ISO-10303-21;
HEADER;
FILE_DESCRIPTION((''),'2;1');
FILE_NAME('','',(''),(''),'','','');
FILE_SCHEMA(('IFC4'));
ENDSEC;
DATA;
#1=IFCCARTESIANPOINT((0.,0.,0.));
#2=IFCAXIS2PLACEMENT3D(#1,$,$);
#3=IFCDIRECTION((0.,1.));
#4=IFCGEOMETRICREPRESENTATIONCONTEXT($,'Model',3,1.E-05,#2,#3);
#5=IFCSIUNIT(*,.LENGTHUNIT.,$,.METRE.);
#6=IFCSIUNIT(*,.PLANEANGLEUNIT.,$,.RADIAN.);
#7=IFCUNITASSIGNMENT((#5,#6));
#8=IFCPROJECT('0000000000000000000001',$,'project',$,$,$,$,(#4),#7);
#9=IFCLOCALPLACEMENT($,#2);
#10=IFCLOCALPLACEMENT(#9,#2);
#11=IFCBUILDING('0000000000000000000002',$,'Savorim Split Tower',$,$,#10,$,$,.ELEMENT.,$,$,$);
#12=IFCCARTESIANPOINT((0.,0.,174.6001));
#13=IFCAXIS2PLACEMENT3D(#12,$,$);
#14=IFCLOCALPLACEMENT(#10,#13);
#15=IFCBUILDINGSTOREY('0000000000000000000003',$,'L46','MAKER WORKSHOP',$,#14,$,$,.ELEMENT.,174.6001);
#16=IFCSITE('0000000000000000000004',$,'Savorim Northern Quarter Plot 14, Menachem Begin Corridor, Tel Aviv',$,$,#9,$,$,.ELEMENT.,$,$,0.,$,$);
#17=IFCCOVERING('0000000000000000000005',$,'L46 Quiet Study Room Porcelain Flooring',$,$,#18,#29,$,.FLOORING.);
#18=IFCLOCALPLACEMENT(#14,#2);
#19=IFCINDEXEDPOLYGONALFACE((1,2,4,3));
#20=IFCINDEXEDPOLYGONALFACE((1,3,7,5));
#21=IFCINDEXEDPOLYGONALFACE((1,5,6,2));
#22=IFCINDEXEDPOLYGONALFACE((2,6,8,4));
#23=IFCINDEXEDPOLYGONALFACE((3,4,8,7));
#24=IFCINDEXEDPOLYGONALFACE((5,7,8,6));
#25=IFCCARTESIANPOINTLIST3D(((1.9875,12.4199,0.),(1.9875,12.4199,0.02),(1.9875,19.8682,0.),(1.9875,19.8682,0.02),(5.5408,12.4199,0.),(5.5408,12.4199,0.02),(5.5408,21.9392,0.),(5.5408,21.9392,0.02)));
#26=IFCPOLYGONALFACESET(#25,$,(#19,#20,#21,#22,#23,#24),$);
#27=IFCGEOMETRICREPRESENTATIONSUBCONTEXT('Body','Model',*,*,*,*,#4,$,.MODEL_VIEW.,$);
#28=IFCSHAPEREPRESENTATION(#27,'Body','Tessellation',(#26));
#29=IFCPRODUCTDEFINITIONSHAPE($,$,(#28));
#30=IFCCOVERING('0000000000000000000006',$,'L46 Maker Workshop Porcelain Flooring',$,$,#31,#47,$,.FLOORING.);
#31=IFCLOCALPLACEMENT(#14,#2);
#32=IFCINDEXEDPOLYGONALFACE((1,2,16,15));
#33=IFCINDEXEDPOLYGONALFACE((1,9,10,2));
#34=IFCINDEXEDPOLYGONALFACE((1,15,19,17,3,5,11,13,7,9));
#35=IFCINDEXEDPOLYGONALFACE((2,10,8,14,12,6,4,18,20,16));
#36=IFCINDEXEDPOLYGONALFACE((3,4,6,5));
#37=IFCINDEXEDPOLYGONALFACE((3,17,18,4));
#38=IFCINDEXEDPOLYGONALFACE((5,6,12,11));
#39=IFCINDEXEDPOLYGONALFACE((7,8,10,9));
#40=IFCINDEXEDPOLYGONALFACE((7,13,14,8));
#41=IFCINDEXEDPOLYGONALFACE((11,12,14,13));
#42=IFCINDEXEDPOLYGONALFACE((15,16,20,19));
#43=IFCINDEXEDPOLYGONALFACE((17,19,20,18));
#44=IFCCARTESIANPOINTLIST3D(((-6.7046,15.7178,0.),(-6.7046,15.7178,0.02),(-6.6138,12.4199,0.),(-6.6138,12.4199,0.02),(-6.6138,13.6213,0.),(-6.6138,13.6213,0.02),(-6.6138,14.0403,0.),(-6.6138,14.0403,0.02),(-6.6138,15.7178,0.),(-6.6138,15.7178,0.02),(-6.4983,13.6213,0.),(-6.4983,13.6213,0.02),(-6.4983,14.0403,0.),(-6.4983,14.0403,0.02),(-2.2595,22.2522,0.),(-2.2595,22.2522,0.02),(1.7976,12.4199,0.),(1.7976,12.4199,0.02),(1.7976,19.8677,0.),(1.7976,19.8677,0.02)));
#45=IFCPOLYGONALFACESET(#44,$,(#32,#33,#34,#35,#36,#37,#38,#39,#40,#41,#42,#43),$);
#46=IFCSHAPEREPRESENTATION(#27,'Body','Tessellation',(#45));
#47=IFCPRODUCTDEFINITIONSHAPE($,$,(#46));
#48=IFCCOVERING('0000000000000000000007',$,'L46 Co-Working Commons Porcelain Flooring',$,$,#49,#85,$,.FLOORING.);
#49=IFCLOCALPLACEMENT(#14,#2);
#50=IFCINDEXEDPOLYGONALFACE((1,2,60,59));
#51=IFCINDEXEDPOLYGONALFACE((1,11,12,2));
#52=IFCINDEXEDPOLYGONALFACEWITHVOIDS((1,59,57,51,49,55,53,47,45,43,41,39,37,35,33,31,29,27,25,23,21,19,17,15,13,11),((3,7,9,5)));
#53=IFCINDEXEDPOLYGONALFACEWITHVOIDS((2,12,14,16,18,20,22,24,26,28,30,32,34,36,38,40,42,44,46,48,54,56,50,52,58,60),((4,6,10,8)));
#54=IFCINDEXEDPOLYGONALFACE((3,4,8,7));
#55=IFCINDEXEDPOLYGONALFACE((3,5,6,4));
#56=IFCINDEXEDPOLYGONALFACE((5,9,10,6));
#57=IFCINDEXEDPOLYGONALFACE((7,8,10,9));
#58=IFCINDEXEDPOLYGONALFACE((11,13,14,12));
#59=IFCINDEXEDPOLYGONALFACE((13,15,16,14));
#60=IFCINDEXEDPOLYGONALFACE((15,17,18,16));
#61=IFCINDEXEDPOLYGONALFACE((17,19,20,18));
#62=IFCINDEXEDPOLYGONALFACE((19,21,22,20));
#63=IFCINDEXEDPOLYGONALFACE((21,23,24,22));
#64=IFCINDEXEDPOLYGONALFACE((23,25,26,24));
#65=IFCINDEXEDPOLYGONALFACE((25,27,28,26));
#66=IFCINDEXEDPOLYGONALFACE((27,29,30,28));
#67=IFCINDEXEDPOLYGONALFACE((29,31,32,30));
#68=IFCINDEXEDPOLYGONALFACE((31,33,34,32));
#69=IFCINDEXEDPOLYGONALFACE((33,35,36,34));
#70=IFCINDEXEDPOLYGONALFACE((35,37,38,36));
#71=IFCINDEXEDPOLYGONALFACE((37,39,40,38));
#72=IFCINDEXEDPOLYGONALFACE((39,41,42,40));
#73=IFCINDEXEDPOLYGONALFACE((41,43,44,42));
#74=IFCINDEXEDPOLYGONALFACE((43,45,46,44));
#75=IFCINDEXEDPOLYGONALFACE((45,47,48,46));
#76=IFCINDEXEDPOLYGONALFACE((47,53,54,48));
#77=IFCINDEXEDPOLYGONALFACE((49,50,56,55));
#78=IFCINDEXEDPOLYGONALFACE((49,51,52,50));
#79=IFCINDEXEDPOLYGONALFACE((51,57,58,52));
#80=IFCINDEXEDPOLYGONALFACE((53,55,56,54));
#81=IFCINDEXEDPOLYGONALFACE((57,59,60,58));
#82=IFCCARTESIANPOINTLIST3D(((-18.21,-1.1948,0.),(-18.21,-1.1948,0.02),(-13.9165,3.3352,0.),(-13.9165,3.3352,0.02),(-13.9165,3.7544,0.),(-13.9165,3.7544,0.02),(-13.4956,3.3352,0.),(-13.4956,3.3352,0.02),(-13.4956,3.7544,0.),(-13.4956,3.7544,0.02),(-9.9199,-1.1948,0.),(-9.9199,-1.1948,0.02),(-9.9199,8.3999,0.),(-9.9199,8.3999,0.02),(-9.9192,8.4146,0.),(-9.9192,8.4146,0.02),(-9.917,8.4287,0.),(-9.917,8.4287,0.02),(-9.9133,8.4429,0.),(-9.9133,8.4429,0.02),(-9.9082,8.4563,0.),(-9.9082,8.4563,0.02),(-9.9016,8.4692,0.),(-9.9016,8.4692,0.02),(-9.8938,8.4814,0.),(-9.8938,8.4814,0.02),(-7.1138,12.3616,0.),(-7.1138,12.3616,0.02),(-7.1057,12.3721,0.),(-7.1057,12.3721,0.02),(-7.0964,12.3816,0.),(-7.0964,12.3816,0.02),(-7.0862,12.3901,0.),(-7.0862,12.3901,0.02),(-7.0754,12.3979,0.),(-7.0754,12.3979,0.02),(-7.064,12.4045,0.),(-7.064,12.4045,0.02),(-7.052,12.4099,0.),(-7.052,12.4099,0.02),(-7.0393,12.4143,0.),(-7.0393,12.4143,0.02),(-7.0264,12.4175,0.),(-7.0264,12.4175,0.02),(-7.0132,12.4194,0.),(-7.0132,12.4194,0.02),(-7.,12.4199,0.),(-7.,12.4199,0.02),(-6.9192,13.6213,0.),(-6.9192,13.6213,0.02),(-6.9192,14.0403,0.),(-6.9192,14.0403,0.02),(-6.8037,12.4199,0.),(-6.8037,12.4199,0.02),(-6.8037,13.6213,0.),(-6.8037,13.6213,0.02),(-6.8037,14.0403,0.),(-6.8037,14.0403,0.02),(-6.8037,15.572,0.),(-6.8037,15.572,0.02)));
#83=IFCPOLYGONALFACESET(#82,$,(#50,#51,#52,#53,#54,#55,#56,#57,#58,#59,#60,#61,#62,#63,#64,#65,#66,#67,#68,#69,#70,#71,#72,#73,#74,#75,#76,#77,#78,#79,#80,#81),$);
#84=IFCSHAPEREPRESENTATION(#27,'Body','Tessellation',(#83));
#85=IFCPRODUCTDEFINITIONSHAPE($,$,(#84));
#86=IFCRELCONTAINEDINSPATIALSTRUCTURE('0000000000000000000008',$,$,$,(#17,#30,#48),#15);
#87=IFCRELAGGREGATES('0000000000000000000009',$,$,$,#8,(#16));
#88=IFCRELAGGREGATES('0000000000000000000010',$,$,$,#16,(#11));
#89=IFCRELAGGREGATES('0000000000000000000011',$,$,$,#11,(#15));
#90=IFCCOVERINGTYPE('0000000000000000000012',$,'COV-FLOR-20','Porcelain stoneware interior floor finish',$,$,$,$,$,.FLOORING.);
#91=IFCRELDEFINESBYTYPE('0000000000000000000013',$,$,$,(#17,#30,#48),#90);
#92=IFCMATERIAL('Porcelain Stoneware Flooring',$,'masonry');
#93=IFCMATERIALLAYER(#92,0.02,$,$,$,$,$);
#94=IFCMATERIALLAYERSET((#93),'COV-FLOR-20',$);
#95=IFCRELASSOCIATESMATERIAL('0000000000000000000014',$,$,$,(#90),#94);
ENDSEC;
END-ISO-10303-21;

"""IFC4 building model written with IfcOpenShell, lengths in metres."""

from ifc_helpers import new_model, si_unit, direction, frame, origin, place, context, subcontext, project, spatial, polyline, outline, extrude, material, layer, layer_set, type_object, element, save


model = new_model("IFC4")

# Units and contexts
model_context = context("Model", 3, precision=1e-05, world=origin(), true_north=direction((0.0, 1.0)))
body_context = subcontext(model_context, "Body", "Model", "MODEL_VIEW")
ifc_project = project(units=[si_unit("LENGTHUNIT", "METRE"), si_unit("PLANEANGLEUNIT", "RADIAN")], contexts=[model_context])

# Site, building, storey
site_placement = place(None, origin())
site = spatial("IfcSite", under=ifc_project, at=site_placement, Name="Savorim Northern Quarter Plot 14, Menachem Begin Corridor, Tel Aviv", CompositionType="ELEMENT", RefElevation=0.0)
building_placement = place(site_placement, origin())
building = spatial("IfcBuilding", under=site, at=building_placement, Name="Savorim Split Tower", CompositionType="ELEMENT")
storey_placement = place(building_placement, frame((0.0, 0.0, 174.6001)))
storey = spatial("IfcBuildingStorey", under=building, at=storey_placement, Name="L46", Description="MAKER WORKSHOP", CompositionType="ELEMENT", Elevation=174.6001)

# Coverings
ifc_material_1 = material(Name="Porcelain Stoneware Flooring", Category="masonry")
ifc_layer_1 = layer(ifc_material_1, 0.02)
ifc_layer_set_1 = layer_set([ifc_layer_1], Name="COV-FLOR-20")
covering_type_1 = type_object("IfcCoveringType", Name="COV-FLOR-20", Description="Porcelain stoneware interior floor finish", PredefinedType="FLOORING", material=ifc_layer_set_1)
covering_1_placement = place(storey_placement, origin())
element("IfcCovering", 1, at=covering_1_placement, inside=storey, type_object=covering_type_1, Name="L46 Quiet Study Room Porcelain Flooring", PredefinedType="FLOORING", context=body_context, shape_type="SweptSolid", body=[
    extrude(outline(polyline([(1.9875, 12.4199), (5.5408, 12.4199), (5.5408, 21.9392), (1.9875, 19.8682), (1.9875, 12.4199)])), origin(), (0.0, 0.0, 1.0), 0.02),
])
covering_2_placement = place(storey_placement, origin())
element("IfcCovering", 2, at=covering_2_placement, inside=storey, type_object=covering_type_1, Name="L46 Maker Workshop Porcelain Flooring", PredefinedType="FLOORING", context=body_context, shape_type="SweptSolid", body=[
    extrude(outline(polyline([(-6.6138, 12.4199), (1.7976, 12.4199), (1.7976, 19.8677), (-2.2595, 22.2522), (-6.7046, 15.7178), (-6.6138, 15.7178), (-6.6138, 14.0403), (-6.4983, 14.0403), (-6.4983, 13.6213), (-6.6138, 13.6213), (-6.6138, 12.4199)])), origin(), (0.0, 0.0, 1.0), 0.02),
])
covering_3_placement = place(storey_placement, origin())
element("IfcCovering", 3, at=covering_3_placement, inside=storey, type_object=covering_type_1, Name="L46 Co-Working Commons Porcelain Flooring", PredefinedType="FLOORING", context=body_context, shape_type="SweptSolid", body=[
    extrude(outline(polyline([(-6.9192, 14.0403), (-6.8037, 14.0403), (-6.8037, 15.572), (-18.21, -1.1948), (-9.9199, -1.1948), (-9.9199, 8.3999), (-9.9192, 8.4146), (-9.917, 8.4287), (-9.9133, 8.4429), (-9.9082, 8.4563), (-9.9016, 8.4692), (-9.8938, 8.4814), (-7.1138, 12.3616), (-7.1057, 12.3721), (-7.0964, 12.3816), (-7.0862, 12.3901), (-7.0754, 12.3979), (-7.064, 12.4045), (-7.052, 12.4099), (-7.0393, 12.4143), (-7.0264, 12.4175), (-7.0132, 12.4194), (-7.0, 12.4199), (-6.8037, 12.4199), (-6.8037, 13.6213), (-6.9192, 13.6213), (-6.9192, 14.0403)]), holes=[polyline([(-13.9165, 3.7544), (-13.9165, 3.3352), (-13.4956, 3.3352), (-13.4956, 3.7544), (-13.9165, 3.7544)])]), origin(), (0.0, 0.0, 1.0), 0.02),
])

save(model, "model.ifc")
